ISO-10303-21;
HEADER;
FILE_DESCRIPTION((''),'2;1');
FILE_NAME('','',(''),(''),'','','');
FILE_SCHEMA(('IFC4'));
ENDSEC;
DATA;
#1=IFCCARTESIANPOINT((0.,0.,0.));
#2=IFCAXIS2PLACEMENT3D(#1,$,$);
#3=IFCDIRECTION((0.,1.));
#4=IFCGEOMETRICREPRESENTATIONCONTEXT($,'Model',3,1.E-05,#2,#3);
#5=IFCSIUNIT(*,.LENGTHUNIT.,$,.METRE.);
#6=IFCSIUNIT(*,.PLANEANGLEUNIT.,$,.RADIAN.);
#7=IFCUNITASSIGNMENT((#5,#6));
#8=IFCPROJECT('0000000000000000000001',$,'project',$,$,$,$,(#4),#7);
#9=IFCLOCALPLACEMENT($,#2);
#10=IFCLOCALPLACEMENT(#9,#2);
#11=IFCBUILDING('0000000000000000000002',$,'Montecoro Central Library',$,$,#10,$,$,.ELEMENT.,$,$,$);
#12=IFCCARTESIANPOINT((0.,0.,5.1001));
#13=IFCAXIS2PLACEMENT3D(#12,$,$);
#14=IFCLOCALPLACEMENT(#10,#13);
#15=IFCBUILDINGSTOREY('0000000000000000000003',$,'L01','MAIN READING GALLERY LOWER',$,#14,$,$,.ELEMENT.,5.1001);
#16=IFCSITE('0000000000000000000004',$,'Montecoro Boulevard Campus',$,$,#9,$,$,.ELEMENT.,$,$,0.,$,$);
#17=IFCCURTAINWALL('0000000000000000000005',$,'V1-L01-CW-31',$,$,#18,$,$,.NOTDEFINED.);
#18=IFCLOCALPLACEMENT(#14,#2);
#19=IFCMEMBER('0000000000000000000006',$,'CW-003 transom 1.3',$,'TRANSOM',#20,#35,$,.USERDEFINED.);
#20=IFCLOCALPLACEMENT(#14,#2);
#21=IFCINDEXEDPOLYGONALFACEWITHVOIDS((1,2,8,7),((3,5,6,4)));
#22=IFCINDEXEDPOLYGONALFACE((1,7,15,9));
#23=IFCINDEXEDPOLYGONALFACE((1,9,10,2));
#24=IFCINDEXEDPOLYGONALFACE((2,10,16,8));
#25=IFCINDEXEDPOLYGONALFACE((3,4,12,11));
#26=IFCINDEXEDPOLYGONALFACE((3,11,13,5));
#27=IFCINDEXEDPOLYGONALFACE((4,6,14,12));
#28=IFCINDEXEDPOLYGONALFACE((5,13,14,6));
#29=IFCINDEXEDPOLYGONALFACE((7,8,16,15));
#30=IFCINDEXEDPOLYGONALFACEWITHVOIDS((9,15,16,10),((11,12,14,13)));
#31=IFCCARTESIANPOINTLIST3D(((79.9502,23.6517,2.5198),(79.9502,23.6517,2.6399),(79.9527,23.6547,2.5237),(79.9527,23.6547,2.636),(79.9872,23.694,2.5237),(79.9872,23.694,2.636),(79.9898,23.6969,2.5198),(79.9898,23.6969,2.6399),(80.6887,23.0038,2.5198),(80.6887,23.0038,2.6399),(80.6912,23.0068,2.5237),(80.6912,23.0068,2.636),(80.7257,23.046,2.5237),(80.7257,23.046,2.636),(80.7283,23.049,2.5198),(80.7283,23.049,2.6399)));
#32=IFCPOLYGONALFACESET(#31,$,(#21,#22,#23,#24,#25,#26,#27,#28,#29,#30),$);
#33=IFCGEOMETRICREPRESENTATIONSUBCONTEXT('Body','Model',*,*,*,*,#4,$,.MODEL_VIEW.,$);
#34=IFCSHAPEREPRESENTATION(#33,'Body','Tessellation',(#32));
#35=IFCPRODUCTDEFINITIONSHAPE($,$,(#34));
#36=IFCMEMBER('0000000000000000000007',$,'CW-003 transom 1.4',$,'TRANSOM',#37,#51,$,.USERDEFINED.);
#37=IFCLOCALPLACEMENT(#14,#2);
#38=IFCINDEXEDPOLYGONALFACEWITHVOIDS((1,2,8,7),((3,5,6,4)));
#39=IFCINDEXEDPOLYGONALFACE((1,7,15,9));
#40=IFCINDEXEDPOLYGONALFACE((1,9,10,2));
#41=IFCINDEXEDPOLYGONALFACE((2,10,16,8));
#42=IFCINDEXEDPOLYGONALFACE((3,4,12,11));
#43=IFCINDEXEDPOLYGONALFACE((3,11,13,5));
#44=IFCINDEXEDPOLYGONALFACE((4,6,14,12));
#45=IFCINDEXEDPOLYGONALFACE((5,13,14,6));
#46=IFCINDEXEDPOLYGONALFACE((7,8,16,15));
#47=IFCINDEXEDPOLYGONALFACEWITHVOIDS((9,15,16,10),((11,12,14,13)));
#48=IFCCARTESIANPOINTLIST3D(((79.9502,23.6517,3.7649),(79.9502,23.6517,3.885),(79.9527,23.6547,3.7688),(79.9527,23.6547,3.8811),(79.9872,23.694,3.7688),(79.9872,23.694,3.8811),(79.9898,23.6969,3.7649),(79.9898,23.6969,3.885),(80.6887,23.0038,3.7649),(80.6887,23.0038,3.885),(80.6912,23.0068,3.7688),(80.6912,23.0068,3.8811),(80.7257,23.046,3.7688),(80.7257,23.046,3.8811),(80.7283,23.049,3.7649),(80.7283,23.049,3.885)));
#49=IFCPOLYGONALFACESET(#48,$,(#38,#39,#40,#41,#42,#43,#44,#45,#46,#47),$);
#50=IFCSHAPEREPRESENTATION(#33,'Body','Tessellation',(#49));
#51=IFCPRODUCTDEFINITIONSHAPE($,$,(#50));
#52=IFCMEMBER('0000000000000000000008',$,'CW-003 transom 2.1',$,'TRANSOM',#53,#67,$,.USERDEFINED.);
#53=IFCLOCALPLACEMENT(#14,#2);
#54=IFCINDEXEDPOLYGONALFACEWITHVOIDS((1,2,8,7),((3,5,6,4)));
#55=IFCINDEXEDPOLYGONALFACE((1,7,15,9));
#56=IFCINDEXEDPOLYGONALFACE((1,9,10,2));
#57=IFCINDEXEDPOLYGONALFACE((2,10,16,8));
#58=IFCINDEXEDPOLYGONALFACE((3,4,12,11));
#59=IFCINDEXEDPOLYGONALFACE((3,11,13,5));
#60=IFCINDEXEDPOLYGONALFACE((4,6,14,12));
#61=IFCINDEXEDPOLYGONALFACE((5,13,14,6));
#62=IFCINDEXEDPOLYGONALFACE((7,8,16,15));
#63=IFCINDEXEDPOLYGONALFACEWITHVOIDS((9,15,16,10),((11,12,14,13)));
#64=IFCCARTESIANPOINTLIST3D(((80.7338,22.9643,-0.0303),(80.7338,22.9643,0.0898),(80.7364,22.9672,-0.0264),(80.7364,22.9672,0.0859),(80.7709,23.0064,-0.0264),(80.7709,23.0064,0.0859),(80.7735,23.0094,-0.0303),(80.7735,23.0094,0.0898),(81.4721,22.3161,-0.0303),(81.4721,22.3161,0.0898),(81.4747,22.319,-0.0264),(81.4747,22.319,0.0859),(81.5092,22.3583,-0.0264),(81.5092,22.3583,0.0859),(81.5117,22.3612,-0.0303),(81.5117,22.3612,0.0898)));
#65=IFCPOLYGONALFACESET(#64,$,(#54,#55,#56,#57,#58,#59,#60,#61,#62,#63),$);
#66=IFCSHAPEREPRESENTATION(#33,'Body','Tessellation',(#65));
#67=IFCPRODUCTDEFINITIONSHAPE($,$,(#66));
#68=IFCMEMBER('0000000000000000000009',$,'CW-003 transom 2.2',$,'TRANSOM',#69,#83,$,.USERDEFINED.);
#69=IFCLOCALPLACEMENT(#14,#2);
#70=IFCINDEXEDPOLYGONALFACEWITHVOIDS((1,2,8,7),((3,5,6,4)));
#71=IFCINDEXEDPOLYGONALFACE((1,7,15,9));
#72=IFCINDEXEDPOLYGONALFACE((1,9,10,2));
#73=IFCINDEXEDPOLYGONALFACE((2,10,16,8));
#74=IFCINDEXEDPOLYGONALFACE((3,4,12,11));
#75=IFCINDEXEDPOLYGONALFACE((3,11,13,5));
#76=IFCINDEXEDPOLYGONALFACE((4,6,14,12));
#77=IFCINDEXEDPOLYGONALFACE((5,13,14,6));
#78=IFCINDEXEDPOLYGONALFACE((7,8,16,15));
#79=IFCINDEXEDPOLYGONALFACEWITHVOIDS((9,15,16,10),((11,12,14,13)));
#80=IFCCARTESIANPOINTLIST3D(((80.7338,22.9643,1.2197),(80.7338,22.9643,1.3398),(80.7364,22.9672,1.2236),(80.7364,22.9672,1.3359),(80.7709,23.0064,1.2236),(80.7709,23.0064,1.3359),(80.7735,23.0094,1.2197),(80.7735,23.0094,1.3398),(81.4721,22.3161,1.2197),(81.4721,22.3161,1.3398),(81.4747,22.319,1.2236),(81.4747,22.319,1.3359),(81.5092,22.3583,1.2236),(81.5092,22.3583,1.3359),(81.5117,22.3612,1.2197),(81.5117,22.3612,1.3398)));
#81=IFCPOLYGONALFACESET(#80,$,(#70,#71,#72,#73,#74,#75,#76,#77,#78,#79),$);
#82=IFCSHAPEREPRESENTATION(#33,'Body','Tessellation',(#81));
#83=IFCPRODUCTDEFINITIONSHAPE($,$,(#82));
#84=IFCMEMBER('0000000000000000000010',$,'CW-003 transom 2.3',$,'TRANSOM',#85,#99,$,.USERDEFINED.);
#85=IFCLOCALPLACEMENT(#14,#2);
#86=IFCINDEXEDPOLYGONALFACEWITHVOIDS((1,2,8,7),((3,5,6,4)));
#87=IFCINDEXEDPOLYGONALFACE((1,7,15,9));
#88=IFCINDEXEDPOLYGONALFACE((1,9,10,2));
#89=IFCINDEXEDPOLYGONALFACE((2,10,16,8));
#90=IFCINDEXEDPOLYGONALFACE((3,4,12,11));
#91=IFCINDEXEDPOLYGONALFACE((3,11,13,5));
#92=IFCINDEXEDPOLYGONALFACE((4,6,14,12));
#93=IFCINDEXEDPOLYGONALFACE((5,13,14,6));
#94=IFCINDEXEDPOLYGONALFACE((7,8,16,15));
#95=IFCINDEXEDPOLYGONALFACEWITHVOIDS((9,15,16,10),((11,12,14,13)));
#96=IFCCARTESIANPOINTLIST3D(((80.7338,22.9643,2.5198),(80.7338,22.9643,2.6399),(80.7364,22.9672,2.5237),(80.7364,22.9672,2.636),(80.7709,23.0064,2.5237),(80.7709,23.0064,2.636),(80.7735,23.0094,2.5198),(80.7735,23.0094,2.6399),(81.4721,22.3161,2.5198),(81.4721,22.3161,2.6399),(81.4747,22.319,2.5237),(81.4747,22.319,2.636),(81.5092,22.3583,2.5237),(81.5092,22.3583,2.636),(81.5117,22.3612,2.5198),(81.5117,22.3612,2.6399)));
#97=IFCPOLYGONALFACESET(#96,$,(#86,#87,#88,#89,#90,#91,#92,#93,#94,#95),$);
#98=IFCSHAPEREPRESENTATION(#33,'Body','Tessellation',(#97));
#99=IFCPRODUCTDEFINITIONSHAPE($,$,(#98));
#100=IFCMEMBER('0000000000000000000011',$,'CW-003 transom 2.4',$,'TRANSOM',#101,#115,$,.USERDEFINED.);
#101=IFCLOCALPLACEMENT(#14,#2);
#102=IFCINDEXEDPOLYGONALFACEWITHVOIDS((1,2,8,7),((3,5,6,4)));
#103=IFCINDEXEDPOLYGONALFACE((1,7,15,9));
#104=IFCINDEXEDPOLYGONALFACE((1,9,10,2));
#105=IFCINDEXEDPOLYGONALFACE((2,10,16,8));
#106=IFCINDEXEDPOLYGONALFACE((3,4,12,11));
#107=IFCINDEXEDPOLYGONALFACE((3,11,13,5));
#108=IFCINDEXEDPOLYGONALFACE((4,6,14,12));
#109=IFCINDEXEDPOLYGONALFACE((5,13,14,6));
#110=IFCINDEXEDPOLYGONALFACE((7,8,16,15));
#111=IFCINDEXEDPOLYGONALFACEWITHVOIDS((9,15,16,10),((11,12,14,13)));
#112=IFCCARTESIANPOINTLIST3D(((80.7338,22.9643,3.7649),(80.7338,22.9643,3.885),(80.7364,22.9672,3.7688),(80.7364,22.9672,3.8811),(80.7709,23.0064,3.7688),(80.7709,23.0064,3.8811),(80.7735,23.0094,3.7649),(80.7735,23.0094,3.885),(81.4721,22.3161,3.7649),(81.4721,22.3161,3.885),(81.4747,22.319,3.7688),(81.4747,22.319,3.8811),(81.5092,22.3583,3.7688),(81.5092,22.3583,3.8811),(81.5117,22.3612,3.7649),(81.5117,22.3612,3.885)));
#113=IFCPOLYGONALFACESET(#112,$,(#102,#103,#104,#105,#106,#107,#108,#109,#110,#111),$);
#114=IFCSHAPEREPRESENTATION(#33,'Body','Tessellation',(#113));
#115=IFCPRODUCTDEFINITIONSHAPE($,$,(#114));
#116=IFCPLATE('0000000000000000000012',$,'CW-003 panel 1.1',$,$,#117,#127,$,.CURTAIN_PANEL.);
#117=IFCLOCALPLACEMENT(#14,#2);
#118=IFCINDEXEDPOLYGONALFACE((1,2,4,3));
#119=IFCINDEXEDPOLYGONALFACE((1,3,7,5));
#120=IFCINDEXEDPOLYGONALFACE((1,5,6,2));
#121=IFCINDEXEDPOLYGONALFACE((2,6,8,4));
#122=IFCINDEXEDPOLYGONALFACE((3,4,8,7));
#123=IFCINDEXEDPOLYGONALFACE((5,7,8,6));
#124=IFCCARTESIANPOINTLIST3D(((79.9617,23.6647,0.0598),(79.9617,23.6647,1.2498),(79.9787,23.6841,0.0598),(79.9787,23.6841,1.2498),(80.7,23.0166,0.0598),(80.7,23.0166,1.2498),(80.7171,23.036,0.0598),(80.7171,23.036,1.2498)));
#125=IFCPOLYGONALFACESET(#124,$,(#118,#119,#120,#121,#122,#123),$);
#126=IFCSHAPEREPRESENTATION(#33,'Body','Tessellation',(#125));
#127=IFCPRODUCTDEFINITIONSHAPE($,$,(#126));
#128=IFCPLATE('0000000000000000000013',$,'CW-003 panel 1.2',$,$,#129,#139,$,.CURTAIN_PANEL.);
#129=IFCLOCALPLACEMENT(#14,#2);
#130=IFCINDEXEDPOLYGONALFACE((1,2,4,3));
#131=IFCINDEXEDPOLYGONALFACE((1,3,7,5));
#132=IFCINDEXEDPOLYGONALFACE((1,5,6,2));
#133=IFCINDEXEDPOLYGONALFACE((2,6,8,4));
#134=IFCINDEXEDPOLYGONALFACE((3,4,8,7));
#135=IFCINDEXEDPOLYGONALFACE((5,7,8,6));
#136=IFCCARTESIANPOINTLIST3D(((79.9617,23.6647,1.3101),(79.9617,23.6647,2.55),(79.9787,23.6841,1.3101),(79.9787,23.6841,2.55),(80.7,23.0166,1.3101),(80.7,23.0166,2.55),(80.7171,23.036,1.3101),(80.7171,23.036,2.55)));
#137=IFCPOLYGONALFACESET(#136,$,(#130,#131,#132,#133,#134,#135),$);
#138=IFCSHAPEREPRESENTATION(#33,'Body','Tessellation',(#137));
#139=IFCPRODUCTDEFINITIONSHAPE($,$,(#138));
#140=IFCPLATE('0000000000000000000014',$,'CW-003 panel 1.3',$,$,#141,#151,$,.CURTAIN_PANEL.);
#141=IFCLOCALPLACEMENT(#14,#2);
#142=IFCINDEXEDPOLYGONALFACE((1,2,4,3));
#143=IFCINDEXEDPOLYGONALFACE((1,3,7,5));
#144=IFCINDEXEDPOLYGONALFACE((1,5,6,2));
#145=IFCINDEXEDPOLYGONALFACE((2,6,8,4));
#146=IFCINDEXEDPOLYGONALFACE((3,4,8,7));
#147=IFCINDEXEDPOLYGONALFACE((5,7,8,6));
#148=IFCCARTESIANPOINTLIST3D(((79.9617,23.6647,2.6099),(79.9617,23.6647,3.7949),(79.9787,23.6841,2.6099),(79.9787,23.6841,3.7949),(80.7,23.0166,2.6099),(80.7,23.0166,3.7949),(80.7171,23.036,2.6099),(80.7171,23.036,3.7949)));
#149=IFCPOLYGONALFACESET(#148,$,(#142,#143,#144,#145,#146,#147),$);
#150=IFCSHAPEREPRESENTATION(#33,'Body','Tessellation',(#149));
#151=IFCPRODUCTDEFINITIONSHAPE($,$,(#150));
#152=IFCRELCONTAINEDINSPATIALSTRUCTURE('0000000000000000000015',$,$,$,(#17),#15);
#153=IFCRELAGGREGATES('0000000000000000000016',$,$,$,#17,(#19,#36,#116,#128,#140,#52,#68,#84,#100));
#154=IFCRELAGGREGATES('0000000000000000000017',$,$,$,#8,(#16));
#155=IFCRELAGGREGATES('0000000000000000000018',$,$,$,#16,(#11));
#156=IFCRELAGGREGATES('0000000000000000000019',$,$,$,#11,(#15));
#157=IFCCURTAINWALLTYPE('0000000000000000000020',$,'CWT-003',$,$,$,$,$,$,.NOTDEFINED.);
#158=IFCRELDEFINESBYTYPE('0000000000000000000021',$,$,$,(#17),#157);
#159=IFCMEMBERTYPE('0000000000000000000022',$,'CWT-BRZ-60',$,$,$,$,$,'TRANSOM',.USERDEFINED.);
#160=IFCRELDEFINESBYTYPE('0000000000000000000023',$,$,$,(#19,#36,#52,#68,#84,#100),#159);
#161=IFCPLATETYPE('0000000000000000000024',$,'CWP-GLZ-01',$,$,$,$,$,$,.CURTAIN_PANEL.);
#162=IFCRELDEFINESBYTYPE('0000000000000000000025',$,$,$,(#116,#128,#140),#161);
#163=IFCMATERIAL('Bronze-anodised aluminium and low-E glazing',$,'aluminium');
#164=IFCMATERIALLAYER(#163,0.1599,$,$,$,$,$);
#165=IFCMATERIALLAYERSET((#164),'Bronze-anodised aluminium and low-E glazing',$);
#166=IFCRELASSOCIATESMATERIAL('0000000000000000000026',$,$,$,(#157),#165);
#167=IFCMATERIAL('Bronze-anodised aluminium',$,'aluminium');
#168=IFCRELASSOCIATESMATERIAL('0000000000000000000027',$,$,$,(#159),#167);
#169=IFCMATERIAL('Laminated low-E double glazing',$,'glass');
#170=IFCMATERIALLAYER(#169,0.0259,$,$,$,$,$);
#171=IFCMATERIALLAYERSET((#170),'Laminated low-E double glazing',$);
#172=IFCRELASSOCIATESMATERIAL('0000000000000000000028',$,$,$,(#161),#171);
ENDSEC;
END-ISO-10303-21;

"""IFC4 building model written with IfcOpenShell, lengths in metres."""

from ifc_helpers import new_model, si_unit, direction, frame, origin, origin_2d, place, context, subcontext, project, spatial, rectangle, hollow_rectangle, extrude, material, layer, layer_set, material_profile, profile_set, type_object, element, aggregate, save


model = new_model("IFC4")

# Units and contexts
model_context = context("Model", 3, precision=1e-05, world=origin(), true_north=direction((0.0, 1.0)))
body_context = subcontext(model_context, "Body", "Model", "MODEL_VIEW")
ifc_project = project(units=[si_unit("LENGTHUNIT", "METRE"), si_unit("PLANEANGLEUNIT", "RADIAN")], contexts=[model_context])

# Site, building, storey
site_placement = place(None, origin())
site = spatial("IfcSite", under=ifc_project, at=site_placement, Name="Montecoro Boulevard Campus", CompositionType="ELEMENT", RefElevation=0.0)
building_placement = place(site_placement, origin())
building = spatial("IfcBuilding", under=site, at=building_placement, Name="Montecoro Central Library", CompositionType="ELEMENT")
storey_placement = place(building_placement, frame((0.0, 0.0, 5.1001)))
storey = spatial("IfcBuildingStorey", under=building, at=storey_placement, Name="L01", Description="MAIN READING GALLERY LOWER", CompositionType="ELEMENT", Elevation=5.1001)

# Curtain wall, members, plates
ifc_material_1 = material(Name="Bronze-anodised aluminium and low-E glazing", Category="aluminium")
ifc_layer_1 = layer(ifc_material_1, 0.1599)
ifc_layer_set_1 = layer_set([ifc_layer_1], Name="Bronze-anodised aluminium and low-E glazing")
curtain_wall_type = type_object("IfcCurtainWallType", Name="CWT-003", PredefinedType="NOTDEFINED", material=ifc_layer_set_1)
curtain_wall_placement = place(storey_placement, origin())
curtain_wall = element("IfcCurtainWall", 1, at=curtain_wall_placement, inside=storey, type_object=curtain_wall_type, Name="V1-L01-CW-31", PredefinedType="NOTDEFINED")
ifc_material_2 = material(Name="Bronze-anodised aluminium", Category="aluminium")
ifc_material_profile_1 = material_profile(ifc_material_2, hollow_rectangle(XDim=0.0601, YDim=0.1201, WallThickness=0.0039, at=origin_2d()), Name="CWT 120x60x4.0")
ifc_profile_set_1 = profile_set([ifc_material_profile_1], Name="Bronze-anodised aluminium")
member_type_1 = type_object("IfcMemberType", Name="CWT-BRZ-60", ElementType="TRANSOM", PredefinedType="USERDEFINED", material=ifc_profile_set_1)
member_1_placement = place(storey_placement, frame((79.97, 23.6743, 2.5798), z_axis=(0.751699, -0.659507, 0.0), x_axis=(0.659507, 0.751699, 0.0)))
member_1 = element("IfcMember", 2, at=member_1_placement, type_object=member_type_1, Name="CW-003 transom 1.3", ObjectType="TRANSOM", PredefinedType="USERDEFINED", context=body_context, shape_type="SweptSolid", body=[
    extrude(hollow_rectangle(XDim=0.0601, YDim=0.1201, WallThickness=0.0039, at=origin_2d()), origin(), (0.0, 0.0, 1.0), 0.9824),
])
member_2_placement = place(storey_placement, frame((79.97, 23.6743, 3.825), z_axis=(0.751699, -0.659507, 0.0), x_axis=(0.659507, 0.751699, 0.0)))
member_2 = element("IfcMember", 3, at=member_2_placement, type_object=member_type_1, Name="CW-003 transom 1.4", ObjectType="TRANSOM", PredefinedType="USERDEFINED", context=body_context, shape_type="SweptSolid", body=[
    extrude(hollow_rectangle(XDim=0.0601, YDim=0.1201, WallThickness=0.0039, at=origin_2d()), origin(), (0.0, 0.0, 1.0), 0.9824),
])
member_3_placement = place(storey_placement, frame((80.7537, 22.9868, 0.0298), z_axis=(0.751467, -0.65977, 0.0), x_axis=(0.65977, 0.751467, 0.0)))
member_3 = element("IfcMember", 4, at=member_3_placement, type_object=member_type_1, Name="CW-003 transom 2.1", ObjectType="TRANSOM", PredefinedType="USERDEFINED", context=body_context, shape_type="SweptSolid", body=[
    extrude(hollow_rectangle(XDim=0.0601, YDim=0.1201, WallThickness=0.0039, at=origin_2d()), origin(), (0.0, 0.0, 1.0), 0.9824),
])
member_4_placement = place(storey_placement, frame((80.7537, 22.9868, 1.2798), z_axis=(0.751467, -0.65977, 0.0), x_axis=(0.65977, 0.751467, 0.0)))
member_4 = element("IfcMember", 5, at=member_4_placement, type_object=member_type_1, Name="CW-003 transom 2.2", ObjectType="TRANSOM", PredefinedType="USERDEFINED", context=body_context, shape_type="SweptSolid", body=[
    extrude(hollow_rectangle(XDim=0.0601, YDim=0.1201, WallThickness=0.0039, at=origin_2d()), origin(), (0.0, 0.0, 1.0), 0.9824),
])
member_5_placement = place(storey_placement, frame((80.7537, 22.9868, 2.5798), z_axis=(0.751467, -0.65977, 0.0), x_axis=(0.65977, 0.751467, 0.0)))
member_5 = element("IfcMember", 6, at=member_5_placement, type_object=member_type_1, Name="CW-003 transom 2.3", ObjectType="TRANSOM", PredefinedType="USERDEFINED", context=body_context, shape_type="SweptSolid", body=[
    extrude(hollow_rectangle(XDim=0.0601, YDim=0.1201, WallThickness=0.0039, at=origin_2d()), origin(), (0.0, 0.0, 1.0), 0.9824),
])
member_6_placement = place(storey_placement, frame((80.7537, 22.9868, 3.825), z_axis=(0.751467, -0.65977, 0.0), x_axis=(0.65977, 0.751467, 0.0)))
member_6 = element("IfcMember", 7, at=member_6_placement, type_object=member_type_1, Name="CW-003 transom 2.4", ObjectType="TRANSOM", PredefinedType="USERDEFINED", context=body_context, shape_type="SweptSolid", body=[
    extrude(hollow_rectangle(XDim=0.0601, YDim=0.1201, WallThickness=0.0039, at=origin_2d()), origin(), (0.0, 0.0, 1.0), 0.9824),
])
ifc_material_3 = material(Name="Laminated low-E double glazing", Category="glass")
ifc_layer_2 = layer(ifc_material_3, 0.0259)
ifc_layer_set_2 = layer_set([ifc_layer_2], Name="Laminated low-E double glazing")
plate_type = type_object("IfcPlateType", Name="CWP-GLZ-01", PredefinedType="CURTAIN_PANEL", material=ifc_layer_set_2)
plate_1_placement = place(storey_placement, frame((80.3394, 23.3503, 0.0598), z_axis=(0.0, 0.0, 1.0), x_axis=(0.751536, -0.659692, 0.0)))
plate_1 = element("IfcPlate", 8, at=plate_1_placement, type_object=plate_type, Name="CW-003 panel 1.1", PredefinedType="CURTAIN_PANEL", context=body_context, shape_type="SweptSolid", body=[
    extrude(rectangle(XDim=0.9824, YDim=0.0259, at=origin_2d()), origin(), (0.0, 0.0, 1.0), 1.1899),
])
plate_2_placement = place(storey_placement, frame((80.3394, 23.3503, 1.3101), z_axis=(0.0, 0.0, 1.0), x_axis=(0.751536, -0.659692, 0.0)))
plate_2 = element("IfcPlate", 9, at=plate_2_placement, type_object=plate_type, Name="CW-003 panel 1.2", PredefinedType="CURTAIN_PANEL", context=body_context, shape_type="SweptSolid", body=[
    extrude(rectangle(XDim=0.9824, YDim=0.0259, at=origin_2d()), origin(), (0.0, 0.0, 1.0), 1.24),
])
plate_3_placement = place(storey_placement, frame((80.3394, 23.3503, 2.6099), z_axis=(0.0, 0.0, 1.0), x_axis=(0.751536, -0.659692, 0.0)))
plate_3 = element("IfcPlate", 10, at=plate_3_placement, type_object=plate_type, Name="CW-003 panel 1.3", PredefinedType="CURTAIN_PANEL", context=body_context, shape_type="SweptSolid", body=[
    extrude(rectangle(XDim=0.9824, YDim=0.0259, at=origin_2d()), origin(), (0.0, 0.0, 1.0), 1.1851),
])
aggregate(curtain_wall, [member_1, member_2, plate_1, plate_2, plate_3, member_3, member_4, member_5, member_6])

save(model, "model.ifc")
